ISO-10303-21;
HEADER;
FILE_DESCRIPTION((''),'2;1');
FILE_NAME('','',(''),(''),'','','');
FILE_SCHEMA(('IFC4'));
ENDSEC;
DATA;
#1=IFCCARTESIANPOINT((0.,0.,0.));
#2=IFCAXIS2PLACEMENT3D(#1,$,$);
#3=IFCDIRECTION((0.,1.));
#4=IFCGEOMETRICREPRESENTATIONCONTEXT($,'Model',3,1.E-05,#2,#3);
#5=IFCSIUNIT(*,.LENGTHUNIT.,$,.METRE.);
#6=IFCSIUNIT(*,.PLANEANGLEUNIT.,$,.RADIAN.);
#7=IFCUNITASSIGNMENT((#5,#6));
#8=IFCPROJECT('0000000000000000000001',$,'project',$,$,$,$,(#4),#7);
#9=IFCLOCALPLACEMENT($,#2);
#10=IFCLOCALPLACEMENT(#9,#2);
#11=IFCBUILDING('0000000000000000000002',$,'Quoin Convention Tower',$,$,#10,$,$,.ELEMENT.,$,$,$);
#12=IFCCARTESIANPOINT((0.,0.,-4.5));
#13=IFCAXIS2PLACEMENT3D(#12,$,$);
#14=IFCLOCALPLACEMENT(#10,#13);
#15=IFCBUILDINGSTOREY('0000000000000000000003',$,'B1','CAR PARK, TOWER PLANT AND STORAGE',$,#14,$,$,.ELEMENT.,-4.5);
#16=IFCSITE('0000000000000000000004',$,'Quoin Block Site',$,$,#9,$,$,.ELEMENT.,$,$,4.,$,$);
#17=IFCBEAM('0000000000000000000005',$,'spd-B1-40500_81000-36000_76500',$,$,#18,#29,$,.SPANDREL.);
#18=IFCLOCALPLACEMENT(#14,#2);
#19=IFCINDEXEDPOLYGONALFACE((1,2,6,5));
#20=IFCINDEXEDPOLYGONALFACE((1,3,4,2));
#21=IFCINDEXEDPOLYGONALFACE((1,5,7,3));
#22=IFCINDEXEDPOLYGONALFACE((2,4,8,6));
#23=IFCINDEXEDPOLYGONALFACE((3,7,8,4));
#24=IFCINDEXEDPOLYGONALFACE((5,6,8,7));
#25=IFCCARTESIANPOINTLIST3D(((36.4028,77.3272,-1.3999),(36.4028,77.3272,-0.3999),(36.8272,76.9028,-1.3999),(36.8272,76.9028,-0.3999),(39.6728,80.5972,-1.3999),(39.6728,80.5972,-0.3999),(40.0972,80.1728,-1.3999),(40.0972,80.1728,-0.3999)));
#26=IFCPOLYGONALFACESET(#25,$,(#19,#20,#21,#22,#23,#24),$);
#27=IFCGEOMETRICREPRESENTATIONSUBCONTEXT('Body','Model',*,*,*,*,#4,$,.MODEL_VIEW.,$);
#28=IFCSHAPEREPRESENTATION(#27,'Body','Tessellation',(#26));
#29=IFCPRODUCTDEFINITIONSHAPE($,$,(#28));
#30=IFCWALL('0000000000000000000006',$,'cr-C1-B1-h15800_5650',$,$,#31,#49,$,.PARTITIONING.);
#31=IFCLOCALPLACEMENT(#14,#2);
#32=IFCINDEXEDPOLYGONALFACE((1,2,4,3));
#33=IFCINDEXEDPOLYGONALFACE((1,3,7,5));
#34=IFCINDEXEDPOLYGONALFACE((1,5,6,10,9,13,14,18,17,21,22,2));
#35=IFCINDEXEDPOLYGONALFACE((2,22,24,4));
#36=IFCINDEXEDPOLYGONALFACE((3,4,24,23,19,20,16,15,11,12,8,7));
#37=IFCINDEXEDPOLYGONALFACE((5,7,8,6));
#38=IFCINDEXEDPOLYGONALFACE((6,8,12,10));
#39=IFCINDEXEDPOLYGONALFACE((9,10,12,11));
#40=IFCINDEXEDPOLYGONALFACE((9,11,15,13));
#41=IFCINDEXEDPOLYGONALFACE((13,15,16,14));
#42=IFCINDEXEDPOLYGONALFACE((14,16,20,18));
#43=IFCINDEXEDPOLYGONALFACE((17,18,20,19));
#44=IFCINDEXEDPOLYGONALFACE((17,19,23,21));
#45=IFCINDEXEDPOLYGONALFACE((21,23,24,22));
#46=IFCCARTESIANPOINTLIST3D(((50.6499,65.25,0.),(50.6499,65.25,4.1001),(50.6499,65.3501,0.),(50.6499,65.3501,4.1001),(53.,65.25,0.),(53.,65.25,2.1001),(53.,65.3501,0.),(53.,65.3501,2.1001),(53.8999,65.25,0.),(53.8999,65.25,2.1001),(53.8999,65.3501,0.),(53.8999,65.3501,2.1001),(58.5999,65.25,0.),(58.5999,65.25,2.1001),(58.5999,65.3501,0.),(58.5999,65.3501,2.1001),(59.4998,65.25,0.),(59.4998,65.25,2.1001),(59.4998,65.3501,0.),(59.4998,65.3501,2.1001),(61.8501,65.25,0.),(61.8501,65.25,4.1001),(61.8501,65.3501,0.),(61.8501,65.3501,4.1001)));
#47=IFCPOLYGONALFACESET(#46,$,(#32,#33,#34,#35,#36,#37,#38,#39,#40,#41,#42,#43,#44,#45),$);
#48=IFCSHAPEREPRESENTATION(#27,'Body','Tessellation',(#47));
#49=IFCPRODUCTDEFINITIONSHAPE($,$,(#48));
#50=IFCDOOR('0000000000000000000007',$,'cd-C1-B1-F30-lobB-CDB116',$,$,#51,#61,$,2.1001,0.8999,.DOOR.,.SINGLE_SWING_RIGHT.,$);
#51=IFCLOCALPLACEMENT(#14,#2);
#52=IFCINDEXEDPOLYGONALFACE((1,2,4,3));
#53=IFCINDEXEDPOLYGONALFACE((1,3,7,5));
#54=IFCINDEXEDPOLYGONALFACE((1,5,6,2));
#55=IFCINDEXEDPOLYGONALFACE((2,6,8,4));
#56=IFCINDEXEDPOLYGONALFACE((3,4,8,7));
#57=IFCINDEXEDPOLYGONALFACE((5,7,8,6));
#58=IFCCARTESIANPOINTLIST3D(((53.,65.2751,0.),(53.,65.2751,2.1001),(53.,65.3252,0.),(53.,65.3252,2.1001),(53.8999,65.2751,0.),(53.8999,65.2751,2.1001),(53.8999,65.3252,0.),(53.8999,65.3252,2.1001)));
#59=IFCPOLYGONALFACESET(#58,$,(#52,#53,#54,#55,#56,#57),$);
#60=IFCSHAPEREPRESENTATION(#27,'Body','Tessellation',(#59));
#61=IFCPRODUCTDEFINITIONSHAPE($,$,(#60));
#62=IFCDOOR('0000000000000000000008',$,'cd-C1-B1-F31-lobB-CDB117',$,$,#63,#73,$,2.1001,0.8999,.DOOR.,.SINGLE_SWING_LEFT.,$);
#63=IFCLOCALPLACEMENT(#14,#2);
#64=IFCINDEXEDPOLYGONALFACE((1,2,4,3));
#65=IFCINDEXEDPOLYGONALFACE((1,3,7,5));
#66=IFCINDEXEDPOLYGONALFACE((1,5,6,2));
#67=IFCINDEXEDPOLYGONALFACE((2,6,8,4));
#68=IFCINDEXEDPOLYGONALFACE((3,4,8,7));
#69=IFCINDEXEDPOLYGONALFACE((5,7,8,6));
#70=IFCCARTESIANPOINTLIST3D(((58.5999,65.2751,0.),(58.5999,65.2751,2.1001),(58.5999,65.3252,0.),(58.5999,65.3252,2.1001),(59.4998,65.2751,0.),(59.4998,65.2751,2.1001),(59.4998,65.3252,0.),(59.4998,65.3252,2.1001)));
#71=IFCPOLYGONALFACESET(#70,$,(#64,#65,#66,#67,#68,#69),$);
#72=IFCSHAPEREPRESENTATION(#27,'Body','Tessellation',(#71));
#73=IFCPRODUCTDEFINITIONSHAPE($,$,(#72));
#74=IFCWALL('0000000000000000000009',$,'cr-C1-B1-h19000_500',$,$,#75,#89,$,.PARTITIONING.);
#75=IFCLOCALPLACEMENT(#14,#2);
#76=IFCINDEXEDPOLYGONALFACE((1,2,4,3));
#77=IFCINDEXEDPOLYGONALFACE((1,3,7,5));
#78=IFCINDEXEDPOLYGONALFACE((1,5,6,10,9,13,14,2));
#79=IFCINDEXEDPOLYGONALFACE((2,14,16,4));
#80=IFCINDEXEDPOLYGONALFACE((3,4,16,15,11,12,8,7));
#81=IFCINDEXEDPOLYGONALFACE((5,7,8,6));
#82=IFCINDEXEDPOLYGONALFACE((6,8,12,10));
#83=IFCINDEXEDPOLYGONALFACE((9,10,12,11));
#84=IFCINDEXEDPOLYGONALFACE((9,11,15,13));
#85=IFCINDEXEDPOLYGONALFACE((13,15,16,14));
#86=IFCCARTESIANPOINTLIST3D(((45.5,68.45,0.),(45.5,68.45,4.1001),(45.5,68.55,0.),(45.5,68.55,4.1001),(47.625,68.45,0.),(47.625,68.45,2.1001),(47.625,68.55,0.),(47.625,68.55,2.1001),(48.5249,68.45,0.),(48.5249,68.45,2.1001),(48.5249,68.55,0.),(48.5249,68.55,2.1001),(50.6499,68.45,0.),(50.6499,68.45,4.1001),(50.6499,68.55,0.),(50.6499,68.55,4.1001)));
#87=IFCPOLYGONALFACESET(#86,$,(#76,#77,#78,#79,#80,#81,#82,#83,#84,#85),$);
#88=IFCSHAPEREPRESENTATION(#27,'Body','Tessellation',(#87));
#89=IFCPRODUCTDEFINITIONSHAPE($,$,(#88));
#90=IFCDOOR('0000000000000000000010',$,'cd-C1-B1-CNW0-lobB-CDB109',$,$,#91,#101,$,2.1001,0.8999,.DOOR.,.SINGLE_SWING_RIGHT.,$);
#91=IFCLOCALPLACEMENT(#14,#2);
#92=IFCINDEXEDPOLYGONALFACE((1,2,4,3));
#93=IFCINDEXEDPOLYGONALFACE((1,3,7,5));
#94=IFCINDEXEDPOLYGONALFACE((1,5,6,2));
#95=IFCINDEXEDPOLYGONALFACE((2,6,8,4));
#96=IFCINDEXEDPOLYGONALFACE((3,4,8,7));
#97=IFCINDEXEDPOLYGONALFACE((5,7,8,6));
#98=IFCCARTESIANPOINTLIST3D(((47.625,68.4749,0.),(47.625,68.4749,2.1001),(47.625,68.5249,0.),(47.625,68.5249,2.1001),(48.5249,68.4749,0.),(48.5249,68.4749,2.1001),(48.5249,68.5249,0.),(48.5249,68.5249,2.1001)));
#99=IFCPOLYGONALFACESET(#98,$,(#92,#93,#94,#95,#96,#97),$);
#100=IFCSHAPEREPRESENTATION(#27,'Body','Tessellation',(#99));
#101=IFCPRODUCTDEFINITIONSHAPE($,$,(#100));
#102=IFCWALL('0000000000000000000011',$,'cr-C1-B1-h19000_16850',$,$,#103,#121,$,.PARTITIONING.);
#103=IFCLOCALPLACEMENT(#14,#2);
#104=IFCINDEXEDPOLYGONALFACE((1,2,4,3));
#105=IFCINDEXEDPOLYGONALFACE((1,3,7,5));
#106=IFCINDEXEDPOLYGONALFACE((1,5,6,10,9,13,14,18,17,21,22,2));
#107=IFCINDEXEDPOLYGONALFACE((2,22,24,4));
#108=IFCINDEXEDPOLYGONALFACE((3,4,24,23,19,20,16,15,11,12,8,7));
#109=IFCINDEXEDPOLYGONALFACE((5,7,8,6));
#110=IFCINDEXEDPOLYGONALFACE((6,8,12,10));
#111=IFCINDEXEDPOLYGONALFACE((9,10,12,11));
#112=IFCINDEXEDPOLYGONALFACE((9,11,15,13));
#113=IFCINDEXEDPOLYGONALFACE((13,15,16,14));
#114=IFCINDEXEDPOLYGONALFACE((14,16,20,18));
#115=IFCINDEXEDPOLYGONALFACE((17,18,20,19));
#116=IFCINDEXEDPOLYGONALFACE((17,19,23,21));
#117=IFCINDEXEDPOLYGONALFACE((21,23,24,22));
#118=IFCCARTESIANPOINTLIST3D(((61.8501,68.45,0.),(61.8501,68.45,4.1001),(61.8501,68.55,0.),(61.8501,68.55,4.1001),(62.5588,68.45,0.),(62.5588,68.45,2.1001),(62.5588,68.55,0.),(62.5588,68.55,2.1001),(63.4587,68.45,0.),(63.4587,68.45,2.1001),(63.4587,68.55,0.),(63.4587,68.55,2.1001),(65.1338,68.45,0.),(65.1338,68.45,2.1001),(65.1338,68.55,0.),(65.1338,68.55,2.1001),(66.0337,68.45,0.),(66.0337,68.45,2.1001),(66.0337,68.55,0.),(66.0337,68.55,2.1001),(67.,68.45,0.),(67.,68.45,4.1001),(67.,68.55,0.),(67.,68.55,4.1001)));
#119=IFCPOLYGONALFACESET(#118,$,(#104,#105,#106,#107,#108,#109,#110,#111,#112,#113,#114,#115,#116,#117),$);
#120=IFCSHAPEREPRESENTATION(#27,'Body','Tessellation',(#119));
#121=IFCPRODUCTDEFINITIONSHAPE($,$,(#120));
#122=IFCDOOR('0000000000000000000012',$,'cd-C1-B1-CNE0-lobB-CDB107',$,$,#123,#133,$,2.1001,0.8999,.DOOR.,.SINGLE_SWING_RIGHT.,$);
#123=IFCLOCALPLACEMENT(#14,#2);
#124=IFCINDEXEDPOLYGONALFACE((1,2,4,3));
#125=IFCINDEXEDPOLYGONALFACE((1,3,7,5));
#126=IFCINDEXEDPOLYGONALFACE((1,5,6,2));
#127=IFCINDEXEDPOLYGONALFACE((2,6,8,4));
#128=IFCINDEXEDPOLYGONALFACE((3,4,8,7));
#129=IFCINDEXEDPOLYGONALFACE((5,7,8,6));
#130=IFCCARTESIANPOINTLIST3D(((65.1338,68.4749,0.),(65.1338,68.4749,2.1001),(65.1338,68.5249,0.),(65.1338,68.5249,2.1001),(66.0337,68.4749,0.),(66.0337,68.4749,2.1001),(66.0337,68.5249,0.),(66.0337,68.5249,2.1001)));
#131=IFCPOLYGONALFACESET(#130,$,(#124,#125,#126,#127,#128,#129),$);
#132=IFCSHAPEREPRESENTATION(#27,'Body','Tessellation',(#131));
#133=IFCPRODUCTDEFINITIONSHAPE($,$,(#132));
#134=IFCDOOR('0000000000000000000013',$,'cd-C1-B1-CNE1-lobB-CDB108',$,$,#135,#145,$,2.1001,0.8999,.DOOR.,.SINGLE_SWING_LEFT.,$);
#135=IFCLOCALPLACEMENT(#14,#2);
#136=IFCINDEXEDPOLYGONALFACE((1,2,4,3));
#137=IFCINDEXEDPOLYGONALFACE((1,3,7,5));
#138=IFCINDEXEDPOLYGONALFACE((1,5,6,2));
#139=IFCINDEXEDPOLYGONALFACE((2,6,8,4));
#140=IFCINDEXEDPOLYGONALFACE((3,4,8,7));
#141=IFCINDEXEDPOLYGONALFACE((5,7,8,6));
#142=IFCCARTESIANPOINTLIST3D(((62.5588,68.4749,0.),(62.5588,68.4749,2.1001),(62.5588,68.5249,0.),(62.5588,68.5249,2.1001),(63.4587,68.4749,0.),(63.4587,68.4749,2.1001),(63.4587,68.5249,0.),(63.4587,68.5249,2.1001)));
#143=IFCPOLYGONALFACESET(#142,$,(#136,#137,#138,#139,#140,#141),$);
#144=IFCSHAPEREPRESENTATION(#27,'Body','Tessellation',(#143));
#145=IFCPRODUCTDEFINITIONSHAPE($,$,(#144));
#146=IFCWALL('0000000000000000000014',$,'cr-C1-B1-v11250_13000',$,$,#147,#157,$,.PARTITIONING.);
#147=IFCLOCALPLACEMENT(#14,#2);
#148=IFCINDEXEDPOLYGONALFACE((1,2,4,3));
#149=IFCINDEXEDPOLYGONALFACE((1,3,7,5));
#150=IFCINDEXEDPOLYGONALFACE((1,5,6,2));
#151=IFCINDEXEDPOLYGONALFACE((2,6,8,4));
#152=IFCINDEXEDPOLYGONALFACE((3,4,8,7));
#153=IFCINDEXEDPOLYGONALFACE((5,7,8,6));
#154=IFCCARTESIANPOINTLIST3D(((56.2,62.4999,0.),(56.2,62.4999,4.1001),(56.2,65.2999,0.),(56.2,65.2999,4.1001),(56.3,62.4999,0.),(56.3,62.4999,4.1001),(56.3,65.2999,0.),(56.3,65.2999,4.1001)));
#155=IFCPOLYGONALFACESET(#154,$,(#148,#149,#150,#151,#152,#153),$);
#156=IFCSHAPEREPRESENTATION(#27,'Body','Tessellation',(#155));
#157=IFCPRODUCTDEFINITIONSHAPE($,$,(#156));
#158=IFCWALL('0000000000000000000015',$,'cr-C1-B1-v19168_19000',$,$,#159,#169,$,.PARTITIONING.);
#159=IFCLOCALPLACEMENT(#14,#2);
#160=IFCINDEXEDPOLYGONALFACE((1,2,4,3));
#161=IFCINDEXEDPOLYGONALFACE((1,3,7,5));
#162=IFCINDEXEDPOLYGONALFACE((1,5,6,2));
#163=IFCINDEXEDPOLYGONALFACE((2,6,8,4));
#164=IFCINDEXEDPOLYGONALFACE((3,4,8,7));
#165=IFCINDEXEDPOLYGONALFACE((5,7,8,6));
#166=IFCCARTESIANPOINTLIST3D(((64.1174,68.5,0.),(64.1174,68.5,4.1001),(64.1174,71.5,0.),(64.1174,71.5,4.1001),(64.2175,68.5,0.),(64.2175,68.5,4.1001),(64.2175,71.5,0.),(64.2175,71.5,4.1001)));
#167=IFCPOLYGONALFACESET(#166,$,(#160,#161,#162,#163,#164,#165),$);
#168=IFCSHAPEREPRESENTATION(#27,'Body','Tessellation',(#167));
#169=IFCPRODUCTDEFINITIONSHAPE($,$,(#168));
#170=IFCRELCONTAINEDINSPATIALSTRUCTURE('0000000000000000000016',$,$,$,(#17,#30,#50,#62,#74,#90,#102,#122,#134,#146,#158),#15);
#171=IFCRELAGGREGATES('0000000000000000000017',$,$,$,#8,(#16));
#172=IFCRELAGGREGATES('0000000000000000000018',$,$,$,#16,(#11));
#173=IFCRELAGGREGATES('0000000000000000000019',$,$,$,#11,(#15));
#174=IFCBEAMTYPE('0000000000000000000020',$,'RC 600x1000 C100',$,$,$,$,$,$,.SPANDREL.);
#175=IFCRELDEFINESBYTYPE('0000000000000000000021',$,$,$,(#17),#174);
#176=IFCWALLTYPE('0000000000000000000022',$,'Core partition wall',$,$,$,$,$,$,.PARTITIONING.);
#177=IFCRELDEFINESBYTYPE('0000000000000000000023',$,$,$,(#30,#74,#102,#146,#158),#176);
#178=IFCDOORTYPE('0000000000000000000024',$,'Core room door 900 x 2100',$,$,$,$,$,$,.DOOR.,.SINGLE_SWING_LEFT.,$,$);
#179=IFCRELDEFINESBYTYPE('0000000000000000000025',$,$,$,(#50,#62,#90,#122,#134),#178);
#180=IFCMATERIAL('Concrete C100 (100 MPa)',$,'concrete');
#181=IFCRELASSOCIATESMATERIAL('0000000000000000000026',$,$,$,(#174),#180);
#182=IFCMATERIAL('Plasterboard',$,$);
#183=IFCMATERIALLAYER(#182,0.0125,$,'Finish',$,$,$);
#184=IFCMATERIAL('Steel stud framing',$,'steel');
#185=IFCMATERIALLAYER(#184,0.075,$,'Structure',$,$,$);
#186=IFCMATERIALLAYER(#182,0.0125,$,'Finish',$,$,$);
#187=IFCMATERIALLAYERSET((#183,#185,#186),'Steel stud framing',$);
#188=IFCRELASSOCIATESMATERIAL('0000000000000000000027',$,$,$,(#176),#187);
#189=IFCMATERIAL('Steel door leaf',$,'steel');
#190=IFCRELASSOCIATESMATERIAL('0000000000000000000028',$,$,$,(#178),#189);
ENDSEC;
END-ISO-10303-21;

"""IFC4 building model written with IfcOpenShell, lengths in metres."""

from ifc_helpers import new_model, si_unit, direction, frame, frame_2d, origin, origin_2d, place, context, subcontext, project, spatial, rectangle, extrude, material, layer, layer_set, material_profile, profile_set, type_object, element, fill, save


model = new_model("IFC4")

# Units and contexts
model_context = context("Model", 3, precision=1e-05, world=origin(), true_north=direction((0.0, 1.0)))
body_context = subcontext(model_context, "Body", "Model", "MODEL_VIEW")
ifc_project = project(units=[si_unit("LENGTHUNIT", "METRE"), si_unit("PLANEANGLEUNIT", "RADIAN")], contexts=[model_context])

# Site, building, storey
site_placement = place(None, origin())
site = spatial("IfcSite", under=ifc_project, at=site_placement, Name="Quoin Block Site", CompositionType="ELEMENT", RefElevation=4.0)
building_placement = place(site_placement, origin())
building = spatial("IfcBuilding", under=site, at=building_placement, Name="Quoin Convention Tower", CompositionType="ELEMENT")
storey_placement = place(building_placement, frame((0.0, 0.0, -4.5)))
storey = spatial("IfcBuildingStorey", under=building, at=storey_placement, Name="B1", Description="CAR PARK, TOWER PLANT AND STORAGE", CompositionType="ELEMENT", Elevation=-4.5)

# Beam
ifc_material_1 = material(Name="Concrete C100 (100 MPa)", Category="concrete")
ifc_material_profile = material_profile(ifc_material_1, rectangle(XDim=0.6001, YDim=1.0, at=origin_2d()), Name="RC 600x1000")
ifc_profile_set = profile_set([ifc_material_profile], Name="Concrete C100 (100 MPa)")
beam_type = type_object("IfcBeamType", Name="RC 600x1000 C100", PredefinedType="SPANDREL", material=ifc_profile_set)
beam_placement = place(storey_placement, frame((39.885, 80.385, -0.8999), z_axis=(-0.707107, -0.707107, 0.0), x_axis=(0.707107, -0.707107, 0.0)))
element("IfcBeam", 1, at=beam_placement, inside=storey, type_object=beam_type, Name="spd-B1-40500_81000-36000_76500", PredefinedType="SPANDREL", context=body_context, shape_type="SweptSolid", body=[
    extrude(rectangle(XDim=0.6001, YDim=1.0, at=origin_2d()), origin(), (0.0, 0.0, 1.0), 4.6245),
])

# Wall, openings, doors
ifc_material_2 = material(Name="Plasterboard")
ifc_layer_1 = layer(ifc_material_2, 0.0125, Name="Finish")
ifc_material_3 = material(Name="Steel stud framing", Category="steel")
ifc_layer_2 = layer(ifc_material_3, 0.075, Name="Structure")
ifc_layer_3 = layer(ifc_material_2, 0.0125, Name="Finish")
ifc_layer_set_1 = layer_set([ifc_layer_1, ifc_layer_2, ifc_layer_3], Name="Steel stud framing")
wall_type_1 = type_object("IfcWallType", Name="Core partition wall", PredefinedType="PARTITIONING", material=ifc_layer_set_1)
wall_1_placement = place(storey_placement, frame((50.6499, 65.3, 0.0), z_axis=(0.0, 0.0, 1.0), x_axis=(1.0, 0.0, 0.0)))
wall_1 = element("IfcWall", 2, at=wall_1_placement, inside=storey, type_object=wall_type_1, Name="cr-C1-B1-h15800_5650", PredefinedType="PARTITIONING", context=body_context, shape_type="SweptSolid", body=[
    extrude(rectangle(XDim=11.2002, YDim=0.1001, at=frame_2d((5.6001, 0.0))), origin(), (0.0, 0.0, 1.0), 4.1001),
])
opening_1_placement = place(wall_1_placement, frame((2.3501, 0.0, 0.0)))
opening_1 = element("IfcOpeningElement", 3, at=opening_1_placement, cuts=wall_1, PredefinedType="OPENING", context=body_context, shape_type="SweptSolid", body=[
    extrude(rectangle(XDim=0.8999, YDim=2.1001, at=frame_2d((0.45, 1.05))), frame((0.0, 0.0601, 0.0), z_axis=(0.0, -1.0, 0.0), x_axis=(1.0, 0.0, 0.0)), (0.0, 0.0, 1.0), 0.1201),
])
opening_2_placement = place(wall_1_placement, frame((7.95, 0.0, 0.0)))
opening_2 = element("IfcOpeningElement", 4, at=opening_2_placement, cuts=wall_1, PredefinedType="OPENING", context=body_context, shape_type="SweptSolid", body=[
    extrude(rectangle(XDim=0.8999, YDim=2.1001, at=frame_2d((0.45, 1.05))), frame((0.0, 0.0601, 0.0), z_axis=(0.0, -1.0, 0.0), x_axis=(1.0, 0.0, 0.0)), (0.0, 0.0, 1.0), 0.1201),
])
ifc_material_4 = material(Name="Steel door leaf", Category="steel")
door_type_1 = type_object("IfcDoorType", Name="Core room door 900 x 2100", OperationType="SINGLE_SWING_LEFT", PredefinedType="DOOR", material=ifc_material_4)
door_1_placement = place(opening_1_placement, frame((0.8999, 0.0, 0.0), z_axis=(0.0, 0.0, 1.0), x_axis=(-1.0, 0.0, 0.0)))
door_1 = element("IfcDoor", 5, at=door_1_placement, inside=storey, type_object=door_type_1, Name="cd-C1-B1-F30-lobB-CDB116", OperationType="SINGLE_SWING_RIGHT", OverallHeight=2.1001, OverallWidth=0.8999, PredefinedType="DOOR", context=body_context, shape_type="SweptSolid", body=[
    extrude(rectangle(XDim=0.8999, YDim=2.1001, at=frame_2d((0.45, 1.05))), frame((0.0, 0.0249, 0.0), z_axis=(0.0, -1.0, 0.0), x_axis=(1.0, 0.0, 0.0)), (0.0, 0.0, 1.0), 0.05),
])
fill(opening_1, door_1)
door_2_placement = place(opening_2_placement, frame((0.8999, 0.0, 0.0), z_axis=(0.0, 0.0, 1.0), x_axis=(-1.0, 0.0, 0.0)))
door_2 = element("IfcDoor", 6, at=door_2_placement, inside=storey, type_object=door_type_1, Name="cd-C1-B1-F31-lobB-CDB117", OperationType="SINGLE_SWING_LEFT", OverallHeight=2.1001, OverallWidth=0.8999, PredefinedType="DOOR", context=body_context, shape_type="SweptSolid", body=[
    extrude(rectangle(XDim=0.8999, YDim=2.1001, at=frame_2d((0.45, 1.05))), frame((0.0, 0.0249, 0.0), z_axis=(0.0, -1.0, 0.0), x_axis=(1.0, 0.0, 0.0)), (0.0, 0.0, 1.0), 0.05),
])
fill(opening_2, door_2)

# Wall, opening, door
wall_2_placement = place(storey_placement, frame((45.5, 68.5, 0.0), z_axis=(0.0, 0.0, 1.0), x_axis=(1.0, 0.0, 0.0)))
wall_2 = element("IfcWall", 7, at=wall_2_placement, inside=storey, type_object=wall_type_1, Name="cr-C1-B1-h19000_500", PredefinedType="PARTITIONING", context=body_context, shape_type="SweptSolid", body=[
    extrude(rectangle(XDim=5.1499, YDim=0.1001, at=frame_2d((2.575, 0.0))), origin(), (0.0, 0.0, 1.0), 4.1001),
])
opening_3_placement = place(wall_2_placement, frame((2.125, 0.0, 0.0)))
opening_3 = element("IfcOpeningElement", 8, at=opening_3_placement, cuts=wall_2, PredefinedType="OPENING", context=body_context, shape_type="SweptSolid", body=[
    extrude(rectangle(XDim=0.8999, YDim=2.1001, at=frame_2d((0.45, 1.05))), frame((0.0, 0.0601, 0.0), z_axis=(0.0, -1.0, 0.0), x_axis=(1.0, 0.0, 0.0)), (0.0, 0.0, 1.0), 0.1201),
])
door_3_placement = place(opening_3_placement, origin())
door_3 = element("IfcDoor", 9, at=door_3_placement, inside=storey, type_object=door_type_1, Name="cd-C1-B1-CNW0-lobB-CDB109", OperationType="SINGLE_SWING_RIGHT", OverallHeight=2.1001, OverallWidth=0.8999, PredefinedType="DOOR", context=body_context, shape_type="SweptSolid", body=[
    extrude(rectangle(XDim=0.8999, YDim=2.1001, at=frame_2d((0.45, 1.05))), frame((0.0, 0.0249, 0.0), z_axis=(0.0, -1.0, 0.0), x_axis=(1.0, 0.0, 0.0)), (0.0, 0.0, 1.0), 0.05),
])
fill(opening_3, door_3)

# Wall, openings, doors
wall_3_placement = place(storey_placement, frame((61.8501, 68.5, 0.0), z_axis=(0.0, 0.0, 1.0), x_axis=(1.0, 0.0, 0.0)))
wall_3 = element("IfcWall", 10, at=wall_3_placement, inside=storey, type_object=wall_type_1, Name="cr-C1-B1-h19000_16850", PredefinedType="PARTITIONING", context=body_context, shape_type="SweptSolid", body=[
    extrude(rectangle(XDim=5.1499, YDim=0.1001, at=frame_2d((2.575, 0.0))), origin(), (0.0, 0.0, 1.0), 4.1001),
])
opening_4_placement = place(wall_3_placement, frame((3.2837, 0.0, 0.0)))
opening_4 = element("IfcOpeningElement", 11, at=opening_4_placement, cuts=wall_3, PredefinedType="OPENING", context=body_context, shape_type="SweptSolid", body=[
    extrude(rectangle(XDim=0.8999, YDim=2.1001, at=frame_2d((0.45, 1.05))), frame((0.0, 0.0601, 0.0), z_axis=(0.0, -1.0, 0.0), x_axis=(1.0, 0.0, 0.0)), (0.0, 0.0, 1.0), 0.1201),
])
opening_5_placement = place(wall_3_placement, frame((0.7087, 0.0, 0.0)))
opening_5 = element("IfcOpeningElement", 12, at=opening_5_placement, cuts=wall_3, PredefinedType="OPENING", context=body_context, shape_type="SweptSolid", body=[
    extrude(rectangle(XDim=0.8999, YDim=2.1001, at=frame_2d((0.45, 1.05))), frame((0.0, 0.0601, 0.0), z_axis=(0.0, -1.0, 0.0), x_axis=(1.0, 0.0, 0.0)), (0.0, 0.0, 1.0), 0.1201),
])
door_4_placement = place(opening_4_placement, origin())
door_4 = element("IfcDoor", 13, at=door_4_placement, inside=storey, type_object=door_type_1, Name="cd-C1-B1-CNE0-lobB-CDB107", OperationType="SINGLE_SWING_RIGHT", OverallHeight=2.1001, OverallWidth=0.8999, PredefinedType="DOOR", context=body_context, shape_type="SweptSolid", body=[
    extrude(rectangle(XDim=0.8999, YDim=2.1001, at=frame_2d((0.45, 1.05))), frame((0.0, 0.0249, 0.0), z_axis=(0.0, -1.0, 0.0), x_axis=(1.0, 0.0, 0.0)), (0.0, 0.0, 1.0), 0.05),
])
fill(opening_4, door_4)
door_5_placement = place(opening_5_placement, origin())
door_5 = element("IfcDoor", 14, at=door_5_placement, inside=storey, type_object=door_type_1, Name="cd-C1-B1-CNE1-lobB-CDB108", OperationType="SINGLE_SWING_LEFT", OverallHeight=2.1001, OverallWidth=0.8999, PredefinedType="DOOR", context=body_context, shape_type="SweptSolid", body=[
    extrude(rectangle(XDim=0.8999, YDim=2.1001, at=frame_2d((0.45, 1.05))), frame((0.0, 0.0249, 0.0), z_axis=(0.0, -1.0, 0.0), x_axis=(1.0, 0.0, 0.0)), (0.0, 0.0, 1.0), 0.05),
])
fill(opening_5, door_5)

# Walls
wall_4_placement = place(storey_placement, frame((56.25, 62.5, 0.0), z_axis=(0.0, 0.0, 1.0), x_axis=(0.0, 1.0, 0.0)))
element("IfcWall", 15, at=wall_4_placement, inside=storey, type_object=wall_type_1, Name="cr-C1-B1-v11250_13000", PredefinedType="PARTITIONING", context=body_context, shape_type="SweptSolid", body=[
    extrude(rectangle(XDim=2.8, YDim=0.1001, at=frame_2d((1.3999, 0.0))), origin(), (0.0, 0.0, 1.0), 4.1001),
])
wall_5_placement = place(storey_placement, frame((64.1675, 68.5, 0.0), z_axis=(0.0, 0.0, 1.0), x_axis=(0.0, 1.0, 0.0)))
element("IfcWall", 16, at=wall_5_placement, inside=storey, type_object=wall_type_1, Name="cr-C1-B1-v19168_19000", PredefinedType="PARTITIONING", context=body_context, shape_type="SweptSolid", body=[
    extrude(rectangle(XDim=3.0, YDim=0.1001, at=frame_2d((1.5, 0.0))), origin(), (0.0, 0.0, 1.0), 4.1001),
])

save(model, "model.ifc")
